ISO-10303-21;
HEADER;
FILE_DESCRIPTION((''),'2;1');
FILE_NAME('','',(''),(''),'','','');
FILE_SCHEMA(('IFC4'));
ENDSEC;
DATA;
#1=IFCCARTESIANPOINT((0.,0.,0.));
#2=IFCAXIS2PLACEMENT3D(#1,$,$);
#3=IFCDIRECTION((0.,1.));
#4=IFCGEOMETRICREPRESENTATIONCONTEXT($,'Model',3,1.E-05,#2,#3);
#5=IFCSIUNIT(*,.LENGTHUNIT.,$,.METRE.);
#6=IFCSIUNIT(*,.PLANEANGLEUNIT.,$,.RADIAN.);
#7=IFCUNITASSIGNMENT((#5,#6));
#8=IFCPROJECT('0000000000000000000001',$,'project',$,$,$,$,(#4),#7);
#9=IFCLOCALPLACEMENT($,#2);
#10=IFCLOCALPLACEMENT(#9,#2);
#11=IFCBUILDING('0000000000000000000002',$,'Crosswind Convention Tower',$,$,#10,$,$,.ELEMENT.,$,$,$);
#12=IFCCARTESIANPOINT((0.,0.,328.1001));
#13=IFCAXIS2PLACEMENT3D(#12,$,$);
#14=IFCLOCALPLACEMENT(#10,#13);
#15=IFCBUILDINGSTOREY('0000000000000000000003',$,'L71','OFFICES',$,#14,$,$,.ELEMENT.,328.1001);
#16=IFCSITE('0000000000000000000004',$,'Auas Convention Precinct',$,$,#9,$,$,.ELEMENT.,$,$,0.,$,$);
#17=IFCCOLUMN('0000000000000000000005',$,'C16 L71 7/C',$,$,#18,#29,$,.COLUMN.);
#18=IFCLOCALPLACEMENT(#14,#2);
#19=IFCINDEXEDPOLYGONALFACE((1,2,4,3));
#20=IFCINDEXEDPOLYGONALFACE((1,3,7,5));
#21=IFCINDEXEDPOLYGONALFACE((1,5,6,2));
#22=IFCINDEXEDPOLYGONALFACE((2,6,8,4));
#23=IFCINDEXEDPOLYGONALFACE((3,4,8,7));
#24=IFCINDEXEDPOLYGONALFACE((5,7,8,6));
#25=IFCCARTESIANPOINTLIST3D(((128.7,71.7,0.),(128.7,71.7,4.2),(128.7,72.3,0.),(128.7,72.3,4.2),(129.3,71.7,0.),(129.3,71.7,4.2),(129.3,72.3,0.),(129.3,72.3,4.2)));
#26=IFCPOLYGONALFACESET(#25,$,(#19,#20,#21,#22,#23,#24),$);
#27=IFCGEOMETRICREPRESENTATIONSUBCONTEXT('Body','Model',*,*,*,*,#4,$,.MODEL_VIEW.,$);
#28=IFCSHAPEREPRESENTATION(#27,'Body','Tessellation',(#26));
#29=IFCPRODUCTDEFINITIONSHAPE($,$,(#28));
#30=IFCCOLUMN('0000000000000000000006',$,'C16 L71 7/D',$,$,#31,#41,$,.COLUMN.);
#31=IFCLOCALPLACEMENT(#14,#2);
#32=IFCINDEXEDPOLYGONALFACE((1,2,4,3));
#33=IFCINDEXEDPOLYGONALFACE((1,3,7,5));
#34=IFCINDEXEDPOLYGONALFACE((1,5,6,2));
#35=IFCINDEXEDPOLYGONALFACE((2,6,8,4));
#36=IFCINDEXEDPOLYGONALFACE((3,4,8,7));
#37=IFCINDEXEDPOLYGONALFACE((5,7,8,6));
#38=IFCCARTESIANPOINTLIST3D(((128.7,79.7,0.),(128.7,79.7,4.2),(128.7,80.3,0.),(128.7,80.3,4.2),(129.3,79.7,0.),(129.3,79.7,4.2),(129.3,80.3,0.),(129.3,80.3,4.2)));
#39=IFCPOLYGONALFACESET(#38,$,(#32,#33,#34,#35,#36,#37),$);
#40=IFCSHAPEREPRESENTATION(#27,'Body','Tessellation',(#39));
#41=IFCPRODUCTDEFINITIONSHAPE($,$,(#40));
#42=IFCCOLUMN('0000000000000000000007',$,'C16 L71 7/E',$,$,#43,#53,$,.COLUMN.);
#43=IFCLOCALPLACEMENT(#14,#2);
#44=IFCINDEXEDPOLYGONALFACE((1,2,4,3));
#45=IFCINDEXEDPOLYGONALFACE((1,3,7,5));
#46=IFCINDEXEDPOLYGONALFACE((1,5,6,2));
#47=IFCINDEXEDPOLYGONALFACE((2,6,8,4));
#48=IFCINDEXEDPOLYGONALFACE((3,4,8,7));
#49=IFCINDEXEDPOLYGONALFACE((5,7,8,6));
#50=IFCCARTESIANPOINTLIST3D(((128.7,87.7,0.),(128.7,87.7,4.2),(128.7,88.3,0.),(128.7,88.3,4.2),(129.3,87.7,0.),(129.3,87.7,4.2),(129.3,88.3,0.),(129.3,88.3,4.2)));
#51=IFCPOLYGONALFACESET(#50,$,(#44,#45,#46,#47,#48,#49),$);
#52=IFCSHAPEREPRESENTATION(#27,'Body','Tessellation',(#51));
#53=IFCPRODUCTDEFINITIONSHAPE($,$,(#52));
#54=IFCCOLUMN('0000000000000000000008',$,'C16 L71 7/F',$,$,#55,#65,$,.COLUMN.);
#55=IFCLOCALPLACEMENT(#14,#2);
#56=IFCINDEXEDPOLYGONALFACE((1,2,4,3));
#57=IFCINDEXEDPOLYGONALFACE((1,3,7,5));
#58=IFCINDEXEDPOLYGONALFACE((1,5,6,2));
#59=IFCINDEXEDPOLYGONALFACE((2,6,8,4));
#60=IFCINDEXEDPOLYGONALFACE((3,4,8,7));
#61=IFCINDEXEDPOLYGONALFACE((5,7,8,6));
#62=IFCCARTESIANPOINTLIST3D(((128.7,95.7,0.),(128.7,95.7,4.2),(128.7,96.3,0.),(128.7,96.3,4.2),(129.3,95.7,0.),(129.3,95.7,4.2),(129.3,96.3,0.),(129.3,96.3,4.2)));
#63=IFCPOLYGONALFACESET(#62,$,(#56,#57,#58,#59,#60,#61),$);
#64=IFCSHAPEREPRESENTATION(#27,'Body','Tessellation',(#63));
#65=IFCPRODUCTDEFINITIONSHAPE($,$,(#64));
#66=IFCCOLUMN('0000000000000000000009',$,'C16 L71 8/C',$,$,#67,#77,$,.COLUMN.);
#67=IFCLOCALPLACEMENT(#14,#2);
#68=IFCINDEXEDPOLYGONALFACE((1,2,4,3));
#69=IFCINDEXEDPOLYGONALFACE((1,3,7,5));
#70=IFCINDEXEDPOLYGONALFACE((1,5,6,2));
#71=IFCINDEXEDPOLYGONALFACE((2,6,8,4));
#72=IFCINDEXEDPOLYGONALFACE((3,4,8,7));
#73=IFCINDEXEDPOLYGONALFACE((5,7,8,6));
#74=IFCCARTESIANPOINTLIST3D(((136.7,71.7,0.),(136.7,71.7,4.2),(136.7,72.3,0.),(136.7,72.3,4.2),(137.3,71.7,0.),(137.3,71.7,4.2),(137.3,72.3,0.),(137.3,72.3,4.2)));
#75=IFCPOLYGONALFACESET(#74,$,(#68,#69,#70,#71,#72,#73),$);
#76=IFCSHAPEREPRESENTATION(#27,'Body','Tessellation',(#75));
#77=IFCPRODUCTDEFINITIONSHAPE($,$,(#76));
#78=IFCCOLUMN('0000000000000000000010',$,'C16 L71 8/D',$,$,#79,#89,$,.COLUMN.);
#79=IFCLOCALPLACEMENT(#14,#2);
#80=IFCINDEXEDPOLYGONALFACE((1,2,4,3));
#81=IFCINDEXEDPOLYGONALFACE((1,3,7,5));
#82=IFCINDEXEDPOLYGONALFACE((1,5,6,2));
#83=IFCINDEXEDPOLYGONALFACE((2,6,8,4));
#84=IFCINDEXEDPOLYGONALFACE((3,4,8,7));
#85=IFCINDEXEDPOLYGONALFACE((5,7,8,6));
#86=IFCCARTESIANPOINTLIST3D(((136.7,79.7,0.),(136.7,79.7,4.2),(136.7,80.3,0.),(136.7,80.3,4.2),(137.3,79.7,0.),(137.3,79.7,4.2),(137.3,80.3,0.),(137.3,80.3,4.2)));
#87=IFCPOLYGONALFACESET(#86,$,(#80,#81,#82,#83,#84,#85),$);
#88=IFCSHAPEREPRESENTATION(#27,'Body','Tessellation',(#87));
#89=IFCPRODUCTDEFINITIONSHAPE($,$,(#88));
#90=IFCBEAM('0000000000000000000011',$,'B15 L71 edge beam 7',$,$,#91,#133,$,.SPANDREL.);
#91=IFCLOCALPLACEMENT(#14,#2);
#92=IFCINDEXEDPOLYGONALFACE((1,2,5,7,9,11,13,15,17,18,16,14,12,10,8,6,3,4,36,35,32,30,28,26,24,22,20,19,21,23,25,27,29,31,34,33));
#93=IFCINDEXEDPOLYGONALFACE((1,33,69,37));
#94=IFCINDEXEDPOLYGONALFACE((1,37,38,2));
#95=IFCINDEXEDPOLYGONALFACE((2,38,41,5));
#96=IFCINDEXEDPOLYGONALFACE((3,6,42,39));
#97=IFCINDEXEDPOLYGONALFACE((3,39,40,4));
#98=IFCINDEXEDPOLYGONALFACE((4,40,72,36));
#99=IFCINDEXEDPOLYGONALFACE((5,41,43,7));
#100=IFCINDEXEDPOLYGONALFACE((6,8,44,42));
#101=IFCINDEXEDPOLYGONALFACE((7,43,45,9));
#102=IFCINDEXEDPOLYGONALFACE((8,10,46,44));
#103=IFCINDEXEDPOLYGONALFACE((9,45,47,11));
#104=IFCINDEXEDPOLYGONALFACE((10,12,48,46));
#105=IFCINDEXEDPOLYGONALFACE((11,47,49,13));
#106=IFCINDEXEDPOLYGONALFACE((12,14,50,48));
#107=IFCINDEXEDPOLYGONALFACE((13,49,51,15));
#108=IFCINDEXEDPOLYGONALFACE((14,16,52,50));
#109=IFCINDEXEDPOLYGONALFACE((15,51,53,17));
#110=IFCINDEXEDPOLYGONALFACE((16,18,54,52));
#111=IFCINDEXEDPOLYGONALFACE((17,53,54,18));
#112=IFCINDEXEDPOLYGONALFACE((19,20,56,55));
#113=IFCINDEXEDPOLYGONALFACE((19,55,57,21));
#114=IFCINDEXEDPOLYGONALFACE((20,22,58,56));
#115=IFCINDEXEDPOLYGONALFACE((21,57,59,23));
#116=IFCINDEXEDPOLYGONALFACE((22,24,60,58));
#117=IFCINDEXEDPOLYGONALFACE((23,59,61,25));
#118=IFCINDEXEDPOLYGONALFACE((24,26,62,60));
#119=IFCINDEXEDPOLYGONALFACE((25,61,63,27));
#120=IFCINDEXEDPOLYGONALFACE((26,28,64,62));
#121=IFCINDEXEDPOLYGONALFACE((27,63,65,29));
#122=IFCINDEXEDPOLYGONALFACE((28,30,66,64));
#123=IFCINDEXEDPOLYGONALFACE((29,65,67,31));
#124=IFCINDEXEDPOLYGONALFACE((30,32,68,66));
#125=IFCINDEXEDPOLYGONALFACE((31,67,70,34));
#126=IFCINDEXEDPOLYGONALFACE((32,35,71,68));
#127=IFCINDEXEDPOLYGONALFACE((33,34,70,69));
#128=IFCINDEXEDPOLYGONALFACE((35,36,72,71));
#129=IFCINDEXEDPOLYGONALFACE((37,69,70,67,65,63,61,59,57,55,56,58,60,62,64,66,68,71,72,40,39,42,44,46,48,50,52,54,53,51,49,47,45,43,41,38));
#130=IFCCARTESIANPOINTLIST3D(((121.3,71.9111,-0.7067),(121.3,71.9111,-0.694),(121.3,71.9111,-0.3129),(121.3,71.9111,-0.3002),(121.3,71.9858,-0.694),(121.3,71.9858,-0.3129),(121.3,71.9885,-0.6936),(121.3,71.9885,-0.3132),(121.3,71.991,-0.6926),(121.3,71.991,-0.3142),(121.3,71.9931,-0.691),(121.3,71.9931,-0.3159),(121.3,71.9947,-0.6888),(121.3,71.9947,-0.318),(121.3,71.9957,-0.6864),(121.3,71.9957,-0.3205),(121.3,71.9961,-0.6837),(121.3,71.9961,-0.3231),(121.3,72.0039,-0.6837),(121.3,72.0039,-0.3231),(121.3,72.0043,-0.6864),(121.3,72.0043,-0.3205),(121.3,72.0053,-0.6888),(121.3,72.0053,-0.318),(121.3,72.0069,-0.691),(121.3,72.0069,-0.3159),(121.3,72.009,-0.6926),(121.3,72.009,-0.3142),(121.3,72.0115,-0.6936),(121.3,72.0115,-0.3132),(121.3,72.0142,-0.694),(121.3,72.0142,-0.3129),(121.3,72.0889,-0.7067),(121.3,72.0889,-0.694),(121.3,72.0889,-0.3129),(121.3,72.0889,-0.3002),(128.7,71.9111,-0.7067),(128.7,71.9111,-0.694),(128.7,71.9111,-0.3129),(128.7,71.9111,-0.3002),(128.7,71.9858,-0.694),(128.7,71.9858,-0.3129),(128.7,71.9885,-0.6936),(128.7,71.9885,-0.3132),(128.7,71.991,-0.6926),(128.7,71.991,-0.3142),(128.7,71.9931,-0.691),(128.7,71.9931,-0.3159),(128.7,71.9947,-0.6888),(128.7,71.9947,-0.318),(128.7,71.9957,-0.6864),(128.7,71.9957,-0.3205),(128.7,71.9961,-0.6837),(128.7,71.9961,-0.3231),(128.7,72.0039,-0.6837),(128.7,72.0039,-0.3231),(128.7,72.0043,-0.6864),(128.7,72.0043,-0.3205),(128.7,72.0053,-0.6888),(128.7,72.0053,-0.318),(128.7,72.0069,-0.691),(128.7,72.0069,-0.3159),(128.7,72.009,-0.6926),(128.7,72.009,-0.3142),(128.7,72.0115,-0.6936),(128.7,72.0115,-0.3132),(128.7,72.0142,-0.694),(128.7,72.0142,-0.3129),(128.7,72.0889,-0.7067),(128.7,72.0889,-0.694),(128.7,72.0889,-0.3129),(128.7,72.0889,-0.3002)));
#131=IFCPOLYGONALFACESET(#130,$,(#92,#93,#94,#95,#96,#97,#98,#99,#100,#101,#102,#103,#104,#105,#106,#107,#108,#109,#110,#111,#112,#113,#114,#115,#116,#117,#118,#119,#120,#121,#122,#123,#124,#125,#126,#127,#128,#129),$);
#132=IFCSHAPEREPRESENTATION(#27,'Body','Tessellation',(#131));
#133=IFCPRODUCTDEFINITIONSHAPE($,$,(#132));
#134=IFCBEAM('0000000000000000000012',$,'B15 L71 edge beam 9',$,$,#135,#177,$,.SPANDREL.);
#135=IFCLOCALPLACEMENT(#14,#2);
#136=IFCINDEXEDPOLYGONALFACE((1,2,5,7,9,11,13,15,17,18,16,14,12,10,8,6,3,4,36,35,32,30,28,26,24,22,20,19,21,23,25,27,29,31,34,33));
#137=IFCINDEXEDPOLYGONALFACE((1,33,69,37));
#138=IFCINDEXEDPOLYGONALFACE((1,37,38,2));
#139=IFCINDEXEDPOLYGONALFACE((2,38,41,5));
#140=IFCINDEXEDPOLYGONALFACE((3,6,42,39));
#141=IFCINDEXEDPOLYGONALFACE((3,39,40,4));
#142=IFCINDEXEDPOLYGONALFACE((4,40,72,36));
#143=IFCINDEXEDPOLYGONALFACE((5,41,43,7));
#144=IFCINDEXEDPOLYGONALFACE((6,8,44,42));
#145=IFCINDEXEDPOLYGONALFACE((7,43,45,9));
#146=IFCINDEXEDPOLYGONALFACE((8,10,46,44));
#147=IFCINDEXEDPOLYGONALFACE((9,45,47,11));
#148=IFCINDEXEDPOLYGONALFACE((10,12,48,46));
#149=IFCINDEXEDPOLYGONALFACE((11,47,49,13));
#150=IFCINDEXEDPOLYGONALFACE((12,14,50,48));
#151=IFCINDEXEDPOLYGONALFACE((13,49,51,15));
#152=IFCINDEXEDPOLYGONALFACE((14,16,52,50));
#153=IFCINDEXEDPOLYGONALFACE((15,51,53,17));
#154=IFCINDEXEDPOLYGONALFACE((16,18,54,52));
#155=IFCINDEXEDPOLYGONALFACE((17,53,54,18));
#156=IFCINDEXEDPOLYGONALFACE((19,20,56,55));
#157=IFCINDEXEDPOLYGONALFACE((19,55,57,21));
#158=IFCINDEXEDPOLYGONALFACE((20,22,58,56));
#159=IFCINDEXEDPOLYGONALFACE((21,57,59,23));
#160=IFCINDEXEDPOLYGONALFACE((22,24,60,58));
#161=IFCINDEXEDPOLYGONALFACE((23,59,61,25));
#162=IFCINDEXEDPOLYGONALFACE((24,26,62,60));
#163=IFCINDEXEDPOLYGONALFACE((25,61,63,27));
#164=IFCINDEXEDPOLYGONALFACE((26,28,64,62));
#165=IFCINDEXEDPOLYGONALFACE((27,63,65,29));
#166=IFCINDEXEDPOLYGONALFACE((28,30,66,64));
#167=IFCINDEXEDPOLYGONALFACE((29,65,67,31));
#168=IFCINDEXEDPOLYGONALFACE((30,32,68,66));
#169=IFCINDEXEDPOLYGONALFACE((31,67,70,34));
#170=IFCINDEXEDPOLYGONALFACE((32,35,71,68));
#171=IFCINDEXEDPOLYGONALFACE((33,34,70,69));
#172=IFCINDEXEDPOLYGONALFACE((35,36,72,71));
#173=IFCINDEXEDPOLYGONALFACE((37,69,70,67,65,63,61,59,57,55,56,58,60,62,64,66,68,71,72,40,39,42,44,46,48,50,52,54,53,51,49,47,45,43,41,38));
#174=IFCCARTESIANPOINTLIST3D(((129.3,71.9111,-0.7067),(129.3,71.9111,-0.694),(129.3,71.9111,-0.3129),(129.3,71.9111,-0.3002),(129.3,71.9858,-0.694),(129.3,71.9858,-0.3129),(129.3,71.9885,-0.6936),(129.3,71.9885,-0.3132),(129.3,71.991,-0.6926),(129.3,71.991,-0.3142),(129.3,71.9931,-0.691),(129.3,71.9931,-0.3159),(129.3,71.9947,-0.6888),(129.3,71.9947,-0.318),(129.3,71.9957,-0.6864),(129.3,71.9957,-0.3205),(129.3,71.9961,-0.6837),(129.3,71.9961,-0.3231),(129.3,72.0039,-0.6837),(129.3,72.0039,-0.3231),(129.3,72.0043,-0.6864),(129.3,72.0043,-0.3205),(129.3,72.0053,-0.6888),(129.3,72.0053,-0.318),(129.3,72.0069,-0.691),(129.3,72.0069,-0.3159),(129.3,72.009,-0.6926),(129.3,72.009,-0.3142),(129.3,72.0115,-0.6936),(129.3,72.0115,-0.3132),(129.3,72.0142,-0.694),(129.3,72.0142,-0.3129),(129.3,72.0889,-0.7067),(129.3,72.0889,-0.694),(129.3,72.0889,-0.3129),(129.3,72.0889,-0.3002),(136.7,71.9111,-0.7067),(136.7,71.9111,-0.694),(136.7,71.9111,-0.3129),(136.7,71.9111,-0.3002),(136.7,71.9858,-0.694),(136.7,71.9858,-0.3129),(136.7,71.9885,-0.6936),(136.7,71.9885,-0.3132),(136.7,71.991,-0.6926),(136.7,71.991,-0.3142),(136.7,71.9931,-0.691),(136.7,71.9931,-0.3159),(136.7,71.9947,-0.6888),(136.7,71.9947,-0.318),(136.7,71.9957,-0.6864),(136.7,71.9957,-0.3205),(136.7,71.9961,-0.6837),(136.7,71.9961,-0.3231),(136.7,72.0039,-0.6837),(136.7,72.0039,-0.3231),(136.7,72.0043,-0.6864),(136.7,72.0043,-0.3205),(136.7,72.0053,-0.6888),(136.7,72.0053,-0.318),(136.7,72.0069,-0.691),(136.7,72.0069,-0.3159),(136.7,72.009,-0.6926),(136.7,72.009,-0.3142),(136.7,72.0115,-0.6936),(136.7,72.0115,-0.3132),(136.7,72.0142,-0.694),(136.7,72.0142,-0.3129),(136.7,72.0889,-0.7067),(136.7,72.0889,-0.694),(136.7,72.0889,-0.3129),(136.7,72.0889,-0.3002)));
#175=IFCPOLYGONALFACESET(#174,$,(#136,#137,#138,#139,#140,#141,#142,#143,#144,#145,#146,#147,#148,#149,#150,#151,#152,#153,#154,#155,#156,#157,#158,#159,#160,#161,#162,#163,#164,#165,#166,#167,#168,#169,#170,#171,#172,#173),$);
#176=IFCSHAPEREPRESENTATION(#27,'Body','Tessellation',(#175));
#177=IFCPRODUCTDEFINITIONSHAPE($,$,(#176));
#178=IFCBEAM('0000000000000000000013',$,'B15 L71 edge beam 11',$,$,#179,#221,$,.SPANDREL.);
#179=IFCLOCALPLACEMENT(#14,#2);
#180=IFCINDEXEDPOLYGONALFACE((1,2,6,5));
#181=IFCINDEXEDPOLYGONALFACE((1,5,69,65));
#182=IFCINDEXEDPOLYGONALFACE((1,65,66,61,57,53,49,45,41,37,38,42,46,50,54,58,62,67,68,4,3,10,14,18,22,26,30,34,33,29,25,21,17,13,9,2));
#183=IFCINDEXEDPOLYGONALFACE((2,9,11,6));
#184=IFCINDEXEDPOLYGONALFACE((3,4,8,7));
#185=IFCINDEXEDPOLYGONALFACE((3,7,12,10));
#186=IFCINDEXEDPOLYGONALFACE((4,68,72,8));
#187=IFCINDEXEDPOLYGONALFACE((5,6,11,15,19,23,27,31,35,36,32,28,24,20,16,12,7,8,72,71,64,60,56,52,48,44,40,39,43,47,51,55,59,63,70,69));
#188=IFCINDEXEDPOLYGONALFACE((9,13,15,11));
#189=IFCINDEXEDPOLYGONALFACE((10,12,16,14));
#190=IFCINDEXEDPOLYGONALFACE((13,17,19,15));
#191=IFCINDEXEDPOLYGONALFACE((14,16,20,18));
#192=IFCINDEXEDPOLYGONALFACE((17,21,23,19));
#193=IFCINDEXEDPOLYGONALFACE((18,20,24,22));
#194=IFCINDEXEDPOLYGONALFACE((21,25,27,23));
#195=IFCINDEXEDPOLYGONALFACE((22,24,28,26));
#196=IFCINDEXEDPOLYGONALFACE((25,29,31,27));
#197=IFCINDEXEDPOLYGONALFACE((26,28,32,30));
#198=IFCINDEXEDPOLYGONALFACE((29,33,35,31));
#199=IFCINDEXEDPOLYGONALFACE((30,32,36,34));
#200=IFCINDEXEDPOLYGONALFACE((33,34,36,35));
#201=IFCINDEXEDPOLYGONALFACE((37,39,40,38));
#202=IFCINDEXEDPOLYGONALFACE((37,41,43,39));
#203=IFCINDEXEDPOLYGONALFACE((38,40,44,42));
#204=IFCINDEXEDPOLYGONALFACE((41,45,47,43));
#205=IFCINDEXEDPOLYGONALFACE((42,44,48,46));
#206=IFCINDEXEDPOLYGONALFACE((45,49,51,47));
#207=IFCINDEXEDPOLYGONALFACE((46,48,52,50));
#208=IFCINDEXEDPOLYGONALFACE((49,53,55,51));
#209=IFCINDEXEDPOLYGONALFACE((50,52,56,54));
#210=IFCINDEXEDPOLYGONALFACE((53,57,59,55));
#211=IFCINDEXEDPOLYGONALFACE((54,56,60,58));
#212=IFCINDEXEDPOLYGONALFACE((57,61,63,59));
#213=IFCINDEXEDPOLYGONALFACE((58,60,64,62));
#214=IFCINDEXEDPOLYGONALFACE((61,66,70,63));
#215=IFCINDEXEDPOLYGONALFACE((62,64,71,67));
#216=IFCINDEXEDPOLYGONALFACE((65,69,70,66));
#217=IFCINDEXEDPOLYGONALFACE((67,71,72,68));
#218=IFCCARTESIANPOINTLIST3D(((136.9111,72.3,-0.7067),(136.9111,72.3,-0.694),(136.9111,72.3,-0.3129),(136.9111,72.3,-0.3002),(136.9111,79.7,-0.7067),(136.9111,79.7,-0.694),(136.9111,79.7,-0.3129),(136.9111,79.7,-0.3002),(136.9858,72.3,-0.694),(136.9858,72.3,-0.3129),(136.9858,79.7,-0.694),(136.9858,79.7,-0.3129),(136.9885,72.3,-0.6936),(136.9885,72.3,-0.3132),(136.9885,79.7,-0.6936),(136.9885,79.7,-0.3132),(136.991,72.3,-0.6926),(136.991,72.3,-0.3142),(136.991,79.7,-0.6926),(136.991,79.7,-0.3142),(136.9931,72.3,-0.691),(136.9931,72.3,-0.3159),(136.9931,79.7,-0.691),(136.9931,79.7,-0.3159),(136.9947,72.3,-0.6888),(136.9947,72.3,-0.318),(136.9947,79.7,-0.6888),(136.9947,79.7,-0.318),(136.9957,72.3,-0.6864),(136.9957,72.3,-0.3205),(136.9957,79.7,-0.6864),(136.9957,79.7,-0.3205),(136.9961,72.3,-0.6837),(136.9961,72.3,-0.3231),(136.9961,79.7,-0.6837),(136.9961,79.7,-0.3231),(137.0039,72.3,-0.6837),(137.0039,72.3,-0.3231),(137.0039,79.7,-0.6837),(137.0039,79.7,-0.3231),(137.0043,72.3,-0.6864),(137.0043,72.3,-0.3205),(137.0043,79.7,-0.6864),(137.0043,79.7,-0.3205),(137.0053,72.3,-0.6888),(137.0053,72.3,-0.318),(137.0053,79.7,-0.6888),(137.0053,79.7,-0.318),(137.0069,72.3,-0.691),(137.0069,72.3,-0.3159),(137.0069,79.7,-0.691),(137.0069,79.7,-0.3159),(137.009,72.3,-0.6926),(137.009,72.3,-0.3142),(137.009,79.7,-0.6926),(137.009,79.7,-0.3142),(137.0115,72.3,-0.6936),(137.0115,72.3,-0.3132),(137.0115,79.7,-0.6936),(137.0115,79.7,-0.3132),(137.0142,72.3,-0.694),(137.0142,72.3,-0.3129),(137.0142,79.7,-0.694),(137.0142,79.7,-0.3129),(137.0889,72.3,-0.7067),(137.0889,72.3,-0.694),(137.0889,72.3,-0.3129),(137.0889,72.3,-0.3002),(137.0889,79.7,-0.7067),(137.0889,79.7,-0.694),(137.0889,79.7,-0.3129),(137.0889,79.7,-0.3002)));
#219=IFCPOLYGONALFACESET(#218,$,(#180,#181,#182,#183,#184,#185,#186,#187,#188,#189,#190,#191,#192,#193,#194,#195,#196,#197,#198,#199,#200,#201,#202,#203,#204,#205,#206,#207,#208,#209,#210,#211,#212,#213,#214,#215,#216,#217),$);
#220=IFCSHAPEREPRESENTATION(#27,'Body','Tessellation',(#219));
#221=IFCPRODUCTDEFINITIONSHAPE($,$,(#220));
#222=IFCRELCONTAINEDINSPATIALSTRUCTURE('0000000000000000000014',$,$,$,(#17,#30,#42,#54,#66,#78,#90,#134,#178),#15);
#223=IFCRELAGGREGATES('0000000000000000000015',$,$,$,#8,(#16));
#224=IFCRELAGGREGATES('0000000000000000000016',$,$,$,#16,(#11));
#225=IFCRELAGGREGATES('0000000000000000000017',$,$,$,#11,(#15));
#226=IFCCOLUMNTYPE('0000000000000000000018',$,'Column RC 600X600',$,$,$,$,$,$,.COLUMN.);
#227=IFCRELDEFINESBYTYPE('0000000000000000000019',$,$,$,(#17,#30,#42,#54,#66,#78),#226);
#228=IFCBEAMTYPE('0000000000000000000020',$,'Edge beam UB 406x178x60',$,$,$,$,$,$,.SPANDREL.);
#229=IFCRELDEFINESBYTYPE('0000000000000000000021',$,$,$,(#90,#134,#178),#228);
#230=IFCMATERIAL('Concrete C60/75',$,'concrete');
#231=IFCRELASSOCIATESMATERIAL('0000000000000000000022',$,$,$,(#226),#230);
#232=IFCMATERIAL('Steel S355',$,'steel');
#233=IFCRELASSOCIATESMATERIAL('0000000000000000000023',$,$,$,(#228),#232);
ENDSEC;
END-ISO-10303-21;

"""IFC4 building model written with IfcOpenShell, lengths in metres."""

from ifc_helpers import new_model, si_unit, direction, frame, origin, origin_2d, place, context, subcontext, project, spatial, rectangle, i_section, extrude, material, material_profile, profile_set, type_object, element, save


model = new_model("IFC4")

# Units and contexts
model_context = context("Model", 3, precision=1e-05, world=origin(), true_north=direction((0.0, 1.0)))
body_context = subcontext(model_context, "Body", "Model", "MODEL_VIEW")
ifc_project = project(units=[si_unit("LENGTHUNIT", "METRE"), si_unit("PLANEANGLEUNIT", "RADIAN")], contexts=[model_context])

# Site, building, storey
site_placement = place(None, origin())
site = spatial("IfcSite", under=ifc_project, at=site_placement, Name="Auas Convention Precinct", CompositionType="ELEMENT", RefElevation=0.0)
building_placement = place(site_placement, origin())
building = spatial("IfcBuilding", under=site, at=building_placement, Name="Crosswind Convention Tower", CompositionType="ELEMENT")
storey_placement = place(building_placement, frame((0.0, 0.0, 328.1001)))
storey = spatial("IfcBuildingStorey", under=building, at=storey_placement, Name="L71", Description="OFFICES", CompositionType="ELEMENT", Elevation=328.1001)

# Columns
ifc_material_1 = material(Name="Concrete C60/75", Category="concrete")
ifc_material_profile_1 = material_profile(ifc_material_1, rectangle(XDim=0.6001, YDim=0.6001, at=origin_2d()), Name="RC 600X600")
ifc_profile_set_1 = profile_set([ifc_material_profile_1], Name="Concrete C60/75")
column_type = type_object("IfcColumnType", Name="Column RC 600X600", PredefinedType="COLUMN", material=ifc_profile_set_1)
for number, where, z_axis, x_axis, name in (
    (1, (129.0, 72.0, 0.0), (0.0, 0.0, 1.0), (1.0, 0.0, 0.0), "C16 L71 7/C"),
    (2, (129.0, 80.0, 0.0), (0.0, 0.0, 1.0), (1.0, 0.0, 0.0), "C16 L71 7/D"),
    (3, (129.0, 88.0, 0.0), (0.0, 0.0, 1.0), (1.0, 0.0, 0.0), "C16 L71 7/E"),
    (4, (129.0, 96.0, 0.0), (0.0, 0.0, 1.0), (1.0, 0.0, 0.0), "C16 L71 7/F"),
    (5, (137.0, 72.0, 0.0), (0.0, 0.0, 1.0), (1.0, 0.0, 0.0), "C16 L71 8/C"),
    (6, (137.0, 80.0, 0.0), (0.0, 0.0, 1.0), (1.0, 0.0, 0.0), "C16 L71 8/D"),
):
    element("IfcColumn", number, at=place(storey_placement, frame(where, z_axis=z_axis, x_axis=x_axis)), inside=storey, type_object=column_type, Name=name, PredefinedType="COLUMN", context=body_context, shape_type="SweptSolid", body=[
        extrude(rectangle(XDim=0.6001, YDim=0.6001, at=origin_2d()), origin(), (0.0, 0.0, 1.0), 4.2),
    ])

# Beams
ifc_material_2 = material(Name="Steel S355", Category="steel")
ifc_material_profile_2 = material_profile(ifc_material_2, i_section(OverallWidth=0.1777, OverallDepth=0.4065, WebThickness=0.0078, FlangeThickness=0.0127, FilletRadius=0.0103, at=origin_2d()), Name="UB 406x178x60")
ifc_profile_set_2 = profile_set([ifc_material_profile_2], Name="Steel S355")
beam_type_1 = type_object("IfcBeamType", Name="Edge beam UB 406x178x60", PredefinedType="SPANDREL", material=ifc_profile_set_2)
for number, where, z_axis, x_axis, name in (
    (7, (121.3, 72.0, -0.5034), (1.0, 0.0, 0.0), (0.0, 1.0, 0.0), "B15 L71 edge beam 7"),
    (8, (129.3, 72.0, -0.5034), (1.0, 0.0, 0.0), (0.0, 1.0, 0.0), "B15 L71 edge beam 9"),
    (9, (137.0, 72.3, -0.5034), (0.0, 1.0, 0.0), (-1.0, 0.0, 0.0), "B15 L71 edge beam 11"),
):
    element("IfcBeam", number, at=place(storey_placement, frame(where, z_axis=z_axis, x_axis=x_axis)), inside=storey, type_object=beam_type_1, Name=name, PredefinedType="SPANDREL", context=body_context, shape_type="SweptSolid", body=[
        extrude(i_section(OverallWidth=0.1777, OverallDepth=0.4065, WebThickness=0.0078, FlangeThickness=0.0127, FilletRadius=0.0103, at=origin_2d()), origin(), (0.0, 0.0, 1.0), 7.3999),
    ])

save(model, "model.ifc")
